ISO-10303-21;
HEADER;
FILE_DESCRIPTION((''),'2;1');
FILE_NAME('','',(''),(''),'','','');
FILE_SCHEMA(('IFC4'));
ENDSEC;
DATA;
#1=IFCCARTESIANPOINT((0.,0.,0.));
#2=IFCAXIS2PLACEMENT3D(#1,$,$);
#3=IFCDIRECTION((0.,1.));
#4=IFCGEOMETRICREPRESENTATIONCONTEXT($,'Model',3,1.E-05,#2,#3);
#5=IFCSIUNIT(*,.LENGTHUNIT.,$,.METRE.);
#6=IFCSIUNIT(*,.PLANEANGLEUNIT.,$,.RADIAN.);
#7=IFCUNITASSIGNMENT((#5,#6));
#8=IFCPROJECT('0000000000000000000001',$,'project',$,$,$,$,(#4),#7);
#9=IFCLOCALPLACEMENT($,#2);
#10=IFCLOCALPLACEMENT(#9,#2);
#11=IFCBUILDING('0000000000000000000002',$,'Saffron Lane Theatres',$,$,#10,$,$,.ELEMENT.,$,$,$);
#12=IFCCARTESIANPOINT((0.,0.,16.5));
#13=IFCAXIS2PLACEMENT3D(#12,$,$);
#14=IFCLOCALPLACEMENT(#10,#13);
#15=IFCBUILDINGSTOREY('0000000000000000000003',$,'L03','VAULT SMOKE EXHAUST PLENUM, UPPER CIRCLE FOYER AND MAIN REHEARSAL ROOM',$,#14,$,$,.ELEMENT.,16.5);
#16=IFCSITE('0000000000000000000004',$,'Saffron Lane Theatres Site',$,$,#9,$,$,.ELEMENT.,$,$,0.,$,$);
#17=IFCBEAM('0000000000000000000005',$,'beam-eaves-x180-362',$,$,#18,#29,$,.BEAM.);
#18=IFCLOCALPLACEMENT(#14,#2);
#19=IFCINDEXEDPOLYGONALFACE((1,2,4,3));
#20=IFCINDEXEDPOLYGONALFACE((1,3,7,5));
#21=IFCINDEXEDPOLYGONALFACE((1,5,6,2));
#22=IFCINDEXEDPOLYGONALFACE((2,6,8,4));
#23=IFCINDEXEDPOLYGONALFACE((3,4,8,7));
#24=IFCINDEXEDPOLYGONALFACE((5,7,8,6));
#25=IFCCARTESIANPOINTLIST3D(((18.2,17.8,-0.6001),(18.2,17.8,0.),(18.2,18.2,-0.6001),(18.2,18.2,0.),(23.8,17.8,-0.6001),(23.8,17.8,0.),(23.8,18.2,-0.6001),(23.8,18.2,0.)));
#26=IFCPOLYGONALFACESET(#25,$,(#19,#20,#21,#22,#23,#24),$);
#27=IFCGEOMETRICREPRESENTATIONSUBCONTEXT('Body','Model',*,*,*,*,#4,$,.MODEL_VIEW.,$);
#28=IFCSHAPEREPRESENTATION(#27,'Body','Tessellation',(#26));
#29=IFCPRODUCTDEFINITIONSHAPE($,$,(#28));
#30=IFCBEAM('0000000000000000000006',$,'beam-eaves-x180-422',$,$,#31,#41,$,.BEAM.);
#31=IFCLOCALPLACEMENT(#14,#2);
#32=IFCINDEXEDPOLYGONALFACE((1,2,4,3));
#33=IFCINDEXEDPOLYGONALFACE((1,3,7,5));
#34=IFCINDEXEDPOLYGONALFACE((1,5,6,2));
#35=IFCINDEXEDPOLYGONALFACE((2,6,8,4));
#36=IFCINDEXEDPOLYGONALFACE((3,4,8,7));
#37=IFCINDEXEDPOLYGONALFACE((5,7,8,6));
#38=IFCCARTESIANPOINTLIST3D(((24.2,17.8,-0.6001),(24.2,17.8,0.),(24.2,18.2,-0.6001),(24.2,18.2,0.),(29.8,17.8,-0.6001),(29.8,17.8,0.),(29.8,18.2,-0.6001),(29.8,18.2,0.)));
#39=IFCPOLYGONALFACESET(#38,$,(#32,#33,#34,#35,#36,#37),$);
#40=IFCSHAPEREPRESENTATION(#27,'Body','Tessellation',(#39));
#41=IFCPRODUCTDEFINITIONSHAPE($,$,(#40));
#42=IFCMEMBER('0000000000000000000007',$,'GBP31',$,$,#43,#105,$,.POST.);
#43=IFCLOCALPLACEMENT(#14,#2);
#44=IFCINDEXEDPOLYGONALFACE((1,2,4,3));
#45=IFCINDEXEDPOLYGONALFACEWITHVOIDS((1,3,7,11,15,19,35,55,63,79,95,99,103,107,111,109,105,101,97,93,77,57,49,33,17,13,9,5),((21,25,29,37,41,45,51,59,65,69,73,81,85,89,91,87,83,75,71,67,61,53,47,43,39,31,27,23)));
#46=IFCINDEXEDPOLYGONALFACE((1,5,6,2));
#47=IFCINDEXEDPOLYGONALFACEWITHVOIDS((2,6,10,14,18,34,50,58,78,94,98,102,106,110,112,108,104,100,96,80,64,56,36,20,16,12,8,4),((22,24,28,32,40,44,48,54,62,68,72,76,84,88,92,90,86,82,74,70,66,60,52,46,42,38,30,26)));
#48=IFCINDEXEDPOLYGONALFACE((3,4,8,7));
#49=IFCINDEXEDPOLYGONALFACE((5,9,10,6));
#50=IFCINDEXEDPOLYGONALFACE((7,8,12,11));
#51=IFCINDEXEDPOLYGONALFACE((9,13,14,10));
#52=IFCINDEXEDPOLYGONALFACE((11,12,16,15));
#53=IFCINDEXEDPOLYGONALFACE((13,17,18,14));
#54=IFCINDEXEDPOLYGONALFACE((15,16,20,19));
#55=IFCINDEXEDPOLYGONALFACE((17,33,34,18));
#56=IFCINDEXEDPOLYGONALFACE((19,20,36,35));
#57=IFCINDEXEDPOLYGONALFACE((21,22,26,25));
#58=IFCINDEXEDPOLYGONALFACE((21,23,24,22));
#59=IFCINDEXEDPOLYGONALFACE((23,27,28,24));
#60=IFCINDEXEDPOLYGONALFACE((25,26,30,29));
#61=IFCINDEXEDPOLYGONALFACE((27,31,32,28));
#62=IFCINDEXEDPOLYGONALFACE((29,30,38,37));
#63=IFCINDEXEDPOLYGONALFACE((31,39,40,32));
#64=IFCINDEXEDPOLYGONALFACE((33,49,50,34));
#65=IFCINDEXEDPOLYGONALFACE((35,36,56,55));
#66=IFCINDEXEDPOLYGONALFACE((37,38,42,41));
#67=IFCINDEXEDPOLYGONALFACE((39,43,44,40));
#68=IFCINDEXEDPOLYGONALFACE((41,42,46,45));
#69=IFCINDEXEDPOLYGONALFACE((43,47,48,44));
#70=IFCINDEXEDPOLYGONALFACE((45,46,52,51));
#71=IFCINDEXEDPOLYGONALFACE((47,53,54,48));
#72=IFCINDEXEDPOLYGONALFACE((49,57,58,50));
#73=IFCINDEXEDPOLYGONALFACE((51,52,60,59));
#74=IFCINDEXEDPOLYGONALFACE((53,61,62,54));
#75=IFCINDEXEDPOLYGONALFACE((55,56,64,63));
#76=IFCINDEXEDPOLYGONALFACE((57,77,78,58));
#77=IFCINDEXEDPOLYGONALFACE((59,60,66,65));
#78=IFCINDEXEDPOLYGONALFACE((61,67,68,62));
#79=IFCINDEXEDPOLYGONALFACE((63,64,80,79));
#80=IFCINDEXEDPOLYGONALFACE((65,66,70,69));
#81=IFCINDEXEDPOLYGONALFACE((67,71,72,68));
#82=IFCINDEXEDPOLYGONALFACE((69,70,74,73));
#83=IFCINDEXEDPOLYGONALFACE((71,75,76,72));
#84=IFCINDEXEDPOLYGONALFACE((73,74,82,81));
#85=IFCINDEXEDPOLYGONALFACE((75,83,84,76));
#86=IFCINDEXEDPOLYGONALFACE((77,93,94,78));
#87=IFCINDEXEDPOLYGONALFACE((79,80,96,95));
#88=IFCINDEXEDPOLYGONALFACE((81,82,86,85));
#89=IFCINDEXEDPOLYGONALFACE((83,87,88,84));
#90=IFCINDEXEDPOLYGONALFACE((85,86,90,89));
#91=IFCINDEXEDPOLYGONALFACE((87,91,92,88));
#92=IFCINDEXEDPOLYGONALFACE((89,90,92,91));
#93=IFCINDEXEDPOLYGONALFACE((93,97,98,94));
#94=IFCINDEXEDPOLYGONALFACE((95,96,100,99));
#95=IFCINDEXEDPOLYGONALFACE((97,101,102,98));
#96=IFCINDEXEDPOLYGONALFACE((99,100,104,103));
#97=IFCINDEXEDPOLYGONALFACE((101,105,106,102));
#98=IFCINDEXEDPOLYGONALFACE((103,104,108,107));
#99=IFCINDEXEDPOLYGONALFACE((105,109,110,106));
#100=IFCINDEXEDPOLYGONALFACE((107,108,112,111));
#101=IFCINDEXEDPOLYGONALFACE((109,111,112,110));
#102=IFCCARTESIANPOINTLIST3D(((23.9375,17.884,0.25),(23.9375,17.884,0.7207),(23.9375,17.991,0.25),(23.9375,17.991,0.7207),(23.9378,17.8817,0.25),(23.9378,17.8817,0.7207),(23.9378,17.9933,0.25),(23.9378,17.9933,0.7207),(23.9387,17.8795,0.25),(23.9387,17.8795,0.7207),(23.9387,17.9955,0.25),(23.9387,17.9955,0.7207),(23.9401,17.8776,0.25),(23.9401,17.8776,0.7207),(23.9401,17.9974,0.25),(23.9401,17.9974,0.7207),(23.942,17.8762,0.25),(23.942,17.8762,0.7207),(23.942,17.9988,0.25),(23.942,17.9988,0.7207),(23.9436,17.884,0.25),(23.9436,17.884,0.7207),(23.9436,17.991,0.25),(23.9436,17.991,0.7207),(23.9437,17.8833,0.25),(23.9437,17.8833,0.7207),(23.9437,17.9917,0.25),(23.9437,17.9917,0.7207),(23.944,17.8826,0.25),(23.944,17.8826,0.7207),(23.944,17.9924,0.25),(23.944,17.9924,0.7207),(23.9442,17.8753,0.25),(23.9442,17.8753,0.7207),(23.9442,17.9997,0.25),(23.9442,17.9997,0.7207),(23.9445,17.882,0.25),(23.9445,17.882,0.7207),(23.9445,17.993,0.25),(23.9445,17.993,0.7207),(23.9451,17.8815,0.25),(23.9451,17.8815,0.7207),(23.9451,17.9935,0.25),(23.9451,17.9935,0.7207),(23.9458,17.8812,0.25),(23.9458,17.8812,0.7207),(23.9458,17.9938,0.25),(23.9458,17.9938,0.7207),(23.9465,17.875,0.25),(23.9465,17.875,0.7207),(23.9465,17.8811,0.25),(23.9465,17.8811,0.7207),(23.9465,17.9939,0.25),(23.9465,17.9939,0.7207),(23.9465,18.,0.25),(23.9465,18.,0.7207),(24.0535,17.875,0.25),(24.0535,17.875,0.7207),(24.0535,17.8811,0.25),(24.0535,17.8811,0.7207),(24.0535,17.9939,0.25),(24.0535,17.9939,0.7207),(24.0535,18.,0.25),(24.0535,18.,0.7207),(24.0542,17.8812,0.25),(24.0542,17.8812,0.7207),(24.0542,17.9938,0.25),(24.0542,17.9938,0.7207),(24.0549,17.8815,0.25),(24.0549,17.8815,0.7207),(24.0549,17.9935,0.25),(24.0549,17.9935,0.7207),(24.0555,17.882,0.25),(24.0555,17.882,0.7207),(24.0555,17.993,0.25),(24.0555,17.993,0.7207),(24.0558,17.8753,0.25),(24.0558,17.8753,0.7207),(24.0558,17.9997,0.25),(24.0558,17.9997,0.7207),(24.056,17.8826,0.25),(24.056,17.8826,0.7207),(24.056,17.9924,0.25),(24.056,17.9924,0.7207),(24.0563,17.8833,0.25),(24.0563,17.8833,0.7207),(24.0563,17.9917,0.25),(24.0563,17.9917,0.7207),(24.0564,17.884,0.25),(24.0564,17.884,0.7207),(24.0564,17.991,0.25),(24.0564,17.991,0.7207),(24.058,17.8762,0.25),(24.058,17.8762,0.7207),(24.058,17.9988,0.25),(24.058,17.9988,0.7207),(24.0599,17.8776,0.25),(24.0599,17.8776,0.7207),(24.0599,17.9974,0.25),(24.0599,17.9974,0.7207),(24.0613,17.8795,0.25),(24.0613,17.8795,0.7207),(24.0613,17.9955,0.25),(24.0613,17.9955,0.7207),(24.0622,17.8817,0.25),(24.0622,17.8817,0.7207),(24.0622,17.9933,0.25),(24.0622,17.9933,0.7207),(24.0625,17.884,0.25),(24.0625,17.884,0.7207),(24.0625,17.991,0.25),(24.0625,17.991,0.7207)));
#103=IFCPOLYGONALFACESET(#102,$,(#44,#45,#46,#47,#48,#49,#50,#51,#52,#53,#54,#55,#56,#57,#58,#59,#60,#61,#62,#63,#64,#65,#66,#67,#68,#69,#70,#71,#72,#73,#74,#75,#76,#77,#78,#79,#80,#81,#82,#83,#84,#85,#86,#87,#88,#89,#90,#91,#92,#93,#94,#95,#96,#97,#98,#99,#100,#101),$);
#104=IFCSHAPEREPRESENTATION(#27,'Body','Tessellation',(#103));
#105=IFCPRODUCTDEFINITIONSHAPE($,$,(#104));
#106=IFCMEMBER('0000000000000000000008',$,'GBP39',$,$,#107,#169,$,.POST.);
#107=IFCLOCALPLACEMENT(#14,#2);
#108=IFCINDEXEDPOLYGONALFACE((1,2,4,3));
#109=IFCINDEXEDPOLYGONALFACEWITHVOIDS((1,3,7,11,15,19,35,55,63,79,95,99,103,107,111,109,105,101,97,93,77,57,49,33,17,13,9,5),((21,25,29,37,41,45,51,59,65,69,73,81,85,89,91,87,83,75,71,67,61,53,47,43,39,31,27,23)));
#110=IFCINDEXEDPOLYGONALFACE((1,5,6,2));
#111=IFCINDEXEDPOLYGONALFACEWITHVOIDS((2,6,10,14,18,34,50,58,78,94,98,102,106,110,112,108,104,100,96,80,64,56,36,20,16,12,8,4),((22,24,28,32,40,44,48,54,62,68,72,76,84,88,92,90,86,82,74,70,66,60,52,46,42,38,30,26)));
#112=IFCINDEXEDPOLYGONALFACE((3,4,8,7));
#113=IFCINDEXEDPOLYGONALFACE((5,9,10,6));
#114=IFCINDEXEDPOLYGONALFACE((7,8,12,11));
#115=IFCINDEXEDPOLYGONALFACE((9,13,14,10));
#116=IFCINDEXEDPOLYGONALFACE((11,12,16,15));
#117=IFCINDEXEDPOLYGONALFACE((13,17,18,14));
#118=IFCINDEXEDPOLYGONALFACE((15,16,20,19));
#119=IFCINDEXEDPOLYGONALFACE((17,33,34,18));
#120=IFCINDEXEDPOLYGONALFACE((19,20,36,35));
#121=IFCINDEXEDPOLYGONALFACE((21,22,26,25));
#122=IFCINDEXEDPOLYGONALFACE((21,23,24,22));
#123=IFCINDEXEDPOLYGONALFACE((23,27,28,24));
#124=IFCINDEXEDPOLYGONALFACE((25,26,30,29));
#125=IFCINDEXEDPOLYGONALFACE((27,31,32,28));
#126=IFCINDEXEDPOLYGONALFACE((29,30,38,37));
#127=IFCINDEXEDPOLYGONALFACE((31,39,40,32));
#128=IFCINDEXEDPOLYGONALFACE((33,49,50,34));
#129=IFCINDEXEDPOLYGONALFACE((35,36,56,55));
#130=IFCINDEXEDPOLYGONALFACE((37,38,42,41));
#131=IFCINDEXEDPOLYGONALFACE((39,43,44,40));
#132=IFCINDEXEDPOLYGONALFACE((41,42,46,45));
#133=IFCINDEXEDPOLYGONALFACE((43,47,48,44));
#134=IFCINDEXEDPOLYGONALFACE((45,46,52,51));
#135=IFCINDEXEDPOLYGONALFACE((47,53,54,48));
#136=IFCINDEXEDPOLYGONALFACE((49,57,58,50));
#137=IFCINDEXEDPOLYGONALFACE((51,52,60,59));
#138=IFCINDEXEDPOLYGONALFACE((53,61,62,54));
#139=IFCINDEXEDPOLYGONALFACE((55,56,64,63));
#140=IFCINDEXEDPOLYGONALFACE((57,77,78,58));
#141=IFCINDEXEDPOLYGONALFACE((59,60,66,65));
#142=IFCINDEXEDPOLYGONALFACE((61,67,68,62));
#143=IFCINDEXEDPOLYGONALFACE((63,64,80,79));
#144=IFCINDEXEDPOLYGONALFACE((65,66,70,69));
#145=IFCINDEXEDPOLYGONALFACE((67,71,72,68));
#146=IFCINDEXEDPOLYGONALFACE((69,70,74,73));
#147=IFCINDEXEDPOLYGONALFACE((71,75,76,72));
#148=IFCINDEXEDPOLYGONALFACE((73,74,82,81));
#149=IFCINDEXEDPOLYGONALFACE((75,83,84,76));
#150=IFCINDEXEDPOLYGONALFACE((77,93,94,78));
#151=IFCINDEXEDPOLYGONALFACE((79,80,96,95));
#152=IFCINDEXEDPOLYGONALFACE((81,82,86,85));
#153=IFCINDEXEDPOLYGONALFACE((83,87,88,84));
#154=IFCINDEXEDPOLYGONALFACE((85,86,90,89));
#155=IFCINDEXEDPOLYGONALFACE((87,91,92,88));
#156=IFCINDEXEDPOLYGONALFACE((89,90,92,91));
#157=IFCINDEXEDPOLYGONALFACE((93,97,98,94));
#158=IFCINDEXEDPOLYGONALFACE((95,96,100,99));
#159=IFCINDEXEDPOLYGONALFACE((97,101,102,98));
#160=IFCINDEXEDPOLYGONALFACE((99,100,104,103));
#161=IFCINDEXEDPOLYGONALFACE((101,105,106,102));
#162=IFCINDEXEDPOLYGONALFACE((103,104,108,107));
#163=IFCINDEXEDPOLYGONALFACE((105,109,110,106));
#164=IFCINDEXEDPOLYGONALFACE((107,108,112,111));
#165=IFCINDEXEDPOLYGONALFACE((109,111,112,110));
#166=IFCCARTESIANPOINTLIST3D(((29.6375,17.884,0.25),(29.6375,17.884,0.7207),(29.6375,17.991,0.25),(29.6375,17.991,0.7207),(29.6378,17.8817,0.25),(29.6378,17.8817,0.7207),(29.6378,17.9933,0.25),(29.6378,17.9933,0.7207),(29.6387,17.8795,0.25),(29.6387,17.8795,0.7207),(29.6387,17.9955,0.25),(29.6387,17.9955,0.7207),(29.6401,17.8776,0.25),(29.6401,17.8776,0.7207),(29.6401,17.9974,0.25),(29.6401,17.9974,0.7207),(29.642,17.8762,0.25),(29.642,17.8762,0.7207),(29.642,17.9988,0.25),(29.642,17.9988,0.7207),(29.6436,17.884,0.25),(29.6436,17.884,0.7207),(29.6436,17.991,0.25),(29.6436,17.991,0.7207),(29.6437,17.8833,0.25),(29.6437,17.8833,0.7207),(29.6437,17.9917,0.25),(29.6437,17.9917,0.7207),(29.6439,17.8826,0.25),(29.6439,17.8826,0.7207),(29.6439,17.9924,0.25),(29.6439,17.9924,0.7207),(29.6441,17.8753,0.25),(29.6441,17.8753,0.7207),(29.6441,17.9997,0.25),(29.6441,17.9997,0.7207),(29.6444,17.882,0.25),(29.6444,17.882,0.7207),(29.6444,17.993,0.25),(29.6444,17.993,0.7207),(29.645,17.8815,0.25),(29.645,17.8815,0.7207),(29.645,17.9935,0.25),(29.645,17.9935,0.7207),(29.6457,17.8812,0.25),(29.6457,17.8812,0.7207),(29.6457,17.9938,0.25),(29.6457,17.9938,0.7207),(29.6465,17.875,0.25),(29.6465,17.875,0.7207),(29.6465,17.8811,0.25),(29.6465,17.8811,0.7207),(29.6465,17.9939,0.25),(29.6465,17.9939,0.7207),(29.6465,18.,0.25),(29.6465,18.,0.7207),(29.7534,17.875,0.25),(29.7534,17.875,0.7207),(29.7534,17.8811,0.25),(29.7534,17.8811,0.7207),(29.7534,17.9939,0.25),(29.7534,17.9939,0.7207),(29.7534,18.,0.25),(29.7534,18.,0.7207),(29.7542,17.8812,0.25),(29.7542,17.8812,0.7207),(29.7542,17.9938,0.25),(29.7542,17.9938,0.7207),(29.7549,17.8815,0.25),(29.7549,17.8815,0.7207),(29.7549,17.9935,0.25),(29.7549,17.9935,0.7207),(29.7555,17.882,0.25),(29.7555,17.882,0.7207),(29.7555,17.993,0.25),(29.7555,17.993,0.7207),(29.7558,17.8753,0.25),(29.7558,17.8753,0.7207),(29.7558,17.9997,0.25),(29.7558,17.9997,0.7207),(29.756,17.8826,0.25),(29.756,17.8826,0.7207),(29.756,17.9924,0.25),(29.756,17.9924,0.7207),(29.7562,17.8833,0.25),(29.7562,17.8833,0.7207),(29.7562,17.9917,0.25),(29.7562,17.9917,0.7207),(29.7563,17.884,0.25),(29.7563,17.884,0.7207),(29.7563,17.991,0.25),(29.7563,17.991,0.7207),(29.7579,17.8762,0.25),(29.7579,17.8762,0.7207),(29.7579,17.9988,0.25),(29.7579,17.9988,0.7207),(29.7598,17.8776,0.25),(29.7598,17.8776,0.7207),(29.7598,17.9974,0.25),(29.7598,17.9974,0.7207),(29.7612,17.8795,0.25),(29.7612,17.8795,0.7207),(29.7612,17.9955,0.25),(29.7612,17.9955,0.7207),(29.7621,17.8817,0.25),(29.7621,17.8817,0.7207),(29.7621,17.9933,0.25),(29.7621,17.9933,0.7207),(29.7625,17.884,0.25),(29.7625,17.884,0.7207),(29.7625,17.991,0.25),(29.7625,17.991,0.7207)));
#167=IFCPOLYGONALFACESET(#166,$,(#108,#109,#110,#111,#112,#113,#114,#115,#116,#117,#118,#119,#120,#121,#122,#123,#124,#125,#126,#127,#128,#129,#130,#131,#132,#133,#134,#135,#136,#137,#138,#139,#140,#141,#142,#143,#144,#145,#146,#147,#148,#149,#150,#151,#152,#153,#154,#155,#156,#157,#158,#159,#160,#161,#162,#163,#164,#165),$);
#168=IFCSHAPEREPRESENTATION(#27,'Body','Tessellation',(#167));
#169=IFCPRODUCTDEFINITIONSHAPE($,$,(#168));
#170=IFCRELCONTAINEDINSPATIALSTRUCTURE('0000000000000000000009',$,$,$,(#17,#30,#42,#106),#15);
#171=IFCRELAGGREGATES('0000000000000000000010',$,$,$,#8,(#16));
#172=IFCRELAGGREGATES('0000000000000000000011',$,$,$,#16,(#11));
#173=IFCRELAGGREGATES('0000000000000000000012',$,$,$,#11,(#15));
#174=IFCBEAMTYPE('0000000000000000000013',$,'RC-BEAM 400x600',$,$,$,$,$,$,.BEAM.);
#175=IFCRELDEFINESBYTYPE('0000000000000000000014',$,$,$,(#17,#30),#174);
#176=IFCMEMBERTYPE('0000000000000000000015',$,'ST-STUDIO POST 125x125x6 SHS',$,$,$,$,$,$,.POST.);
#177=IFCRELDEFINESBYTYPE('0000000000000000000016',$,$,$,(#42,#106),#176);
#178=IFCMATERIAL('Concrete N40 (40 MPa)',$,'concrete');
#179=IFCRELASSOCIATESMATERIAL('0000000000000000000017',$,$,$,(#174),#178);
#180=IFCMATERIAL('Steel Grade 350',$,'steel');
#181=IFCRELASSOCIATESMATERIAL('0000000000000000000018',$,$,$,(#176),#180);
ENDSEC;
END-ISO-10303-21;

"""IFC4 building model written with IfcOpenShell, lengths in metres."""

from ifc_helpers import new_model, si_unit, direction, frame, origin, origin_2d, place, context, subcontext, project, spatial, rectangle, hollow_rectangle, extrude, material, material_profile, profile_set, type_object, element, save


model = new_model("IFC4")

# Units and contexts
model_context = context("Model", 3, precision=1e-05, world=origin(), true_north=direction((0.0, 1.0)))
body_context = subcontext(model_context, "Body", "Model", "MODEL_VIEW")
ifc_project = project(units=[si_unit("LENGTHUNIT", "METRE"), si_unit("PLANEANGLEUNIT", "RADIAN")], contexts=[model_context])

# Site, building, storey
site_placement = place(None, origin())
site = spatial("IfcSite", under=ifc_project, at=site_placement, Name="Saffron Lane Theatres Site", CompositionType="ELEMENT", RefElevation=0.0)
building_placement = place(site_placement, origin())
building = spatial("IfcBuilding", under=site, at=building_placement, Name="Saffron Lane Theatres", CompositionType="ELEMENT")
storey_placement = place(building_placement, frame((0.0, 0.0, 16.5)))
storey = spatial("IfcBuildingStorey", under=building, at=storey_placement, Name="L03", Description="VAULT SMOKE EXHAUST PLENUM, UPPER CIRCLE FOYER AND MAIN REHEARSAL ROOM", CompositionType="ELEMENT", Elevation=16.5)

# Beams
ifc_material_1 = material(Name="Concrete N40 (40 MPa)", Category="concrete")
ifc_material_profile_1 = material_profile(ifc_material_1, rectangle(XDim=0.3999, YDim=0.6001, at=origin_2d()))
ifc_profile_set_1 = profile_set([ifc_material_profile_1], Name="Concrete N40 (40 MPa)")
beam_type = type_object("IfcBeamType", Name="RC-BEAM 400x600", PredefinedType="BEAM", material=ifc_profile_set_1)
for number, where, z_axis, x_axis, name in (
    (1, (18.2, 18.0, -0.3), (1.0, 0.0, 0.0), (0.0, 1.0, 0.0), "beam-eaves-x180-362"),
    (2, (24.2, 18.0, -0.3), (1.0, 0.0, 0.0), (0.0, 1.0, 0.0), "beam-eaves-x180-422"),
):
    element("IfcBeam", number, at=place(storey_placement, frame(where, z_axis=z_axis, x_axis=x_axis)), inside=storey, type_object=beam_type, Name=name, PredefinedType="BEAM", context=body_context, shape_type="SweptSolid", body=[
        extrude(rectangle(XDim=0.3999, YDim=0.6001, at=origin_2d()), origin(), (0.0, 0.0, 1.0), 5.6001),
    ])

# Members
ifc_material_2 = material(Name="Steel Grade 350", Category="steel")
ifc_material_profile_2 = material_profile(ifc_material_2, hollow_rectangle(XDim=0.125, YDim=0.125, WallThickness=0.0061, InnerFilletRadius=0.0029, OuterFilletRadius=0.009, at=origin_2d()))
ifc_profile_set_2 = profile_set([ifc_material_profile_2], Name="Steel Grade 350")
member_type_1 = type_object("IfcMemberType", Name="ST-STUDIO POST 125x125x6 SHS", PredefinedType="POST", material=ifc_profile_set_2)
for number, where, z_axis, x_axis, name in (
    (3, (24.0, 17.9375, 0.25), (0.0, 0.0, 1.0), (1.0, 0.0, 0.0), "GBP31"),
    (4, (29.7, 17.9375, 0.25), (0.0, 0.0, 1.0), (1.0, 0.0, 0.0), "GBP39"),
):
    element("IfcMember", number, at=place(storey_placement, frame(where, z_axis=z_axis, x_axis=x_axis)), inside=storey, type_object=member_type_1, Name=name, PredefinedType="POST", context=body_context, shape_type="SweptSolid", body=[
        extrude(hollow_rectangle(XDim=0.125, YDim=0.125, WallThickness=0.0061, InnerFilletRadius=0.0029, OuterFilletRadius=0.009, at=origin_2d()), origin(), (0.0, 0.0, 1.0), 0.4707),
    ])

save(model, "model.ifc")
